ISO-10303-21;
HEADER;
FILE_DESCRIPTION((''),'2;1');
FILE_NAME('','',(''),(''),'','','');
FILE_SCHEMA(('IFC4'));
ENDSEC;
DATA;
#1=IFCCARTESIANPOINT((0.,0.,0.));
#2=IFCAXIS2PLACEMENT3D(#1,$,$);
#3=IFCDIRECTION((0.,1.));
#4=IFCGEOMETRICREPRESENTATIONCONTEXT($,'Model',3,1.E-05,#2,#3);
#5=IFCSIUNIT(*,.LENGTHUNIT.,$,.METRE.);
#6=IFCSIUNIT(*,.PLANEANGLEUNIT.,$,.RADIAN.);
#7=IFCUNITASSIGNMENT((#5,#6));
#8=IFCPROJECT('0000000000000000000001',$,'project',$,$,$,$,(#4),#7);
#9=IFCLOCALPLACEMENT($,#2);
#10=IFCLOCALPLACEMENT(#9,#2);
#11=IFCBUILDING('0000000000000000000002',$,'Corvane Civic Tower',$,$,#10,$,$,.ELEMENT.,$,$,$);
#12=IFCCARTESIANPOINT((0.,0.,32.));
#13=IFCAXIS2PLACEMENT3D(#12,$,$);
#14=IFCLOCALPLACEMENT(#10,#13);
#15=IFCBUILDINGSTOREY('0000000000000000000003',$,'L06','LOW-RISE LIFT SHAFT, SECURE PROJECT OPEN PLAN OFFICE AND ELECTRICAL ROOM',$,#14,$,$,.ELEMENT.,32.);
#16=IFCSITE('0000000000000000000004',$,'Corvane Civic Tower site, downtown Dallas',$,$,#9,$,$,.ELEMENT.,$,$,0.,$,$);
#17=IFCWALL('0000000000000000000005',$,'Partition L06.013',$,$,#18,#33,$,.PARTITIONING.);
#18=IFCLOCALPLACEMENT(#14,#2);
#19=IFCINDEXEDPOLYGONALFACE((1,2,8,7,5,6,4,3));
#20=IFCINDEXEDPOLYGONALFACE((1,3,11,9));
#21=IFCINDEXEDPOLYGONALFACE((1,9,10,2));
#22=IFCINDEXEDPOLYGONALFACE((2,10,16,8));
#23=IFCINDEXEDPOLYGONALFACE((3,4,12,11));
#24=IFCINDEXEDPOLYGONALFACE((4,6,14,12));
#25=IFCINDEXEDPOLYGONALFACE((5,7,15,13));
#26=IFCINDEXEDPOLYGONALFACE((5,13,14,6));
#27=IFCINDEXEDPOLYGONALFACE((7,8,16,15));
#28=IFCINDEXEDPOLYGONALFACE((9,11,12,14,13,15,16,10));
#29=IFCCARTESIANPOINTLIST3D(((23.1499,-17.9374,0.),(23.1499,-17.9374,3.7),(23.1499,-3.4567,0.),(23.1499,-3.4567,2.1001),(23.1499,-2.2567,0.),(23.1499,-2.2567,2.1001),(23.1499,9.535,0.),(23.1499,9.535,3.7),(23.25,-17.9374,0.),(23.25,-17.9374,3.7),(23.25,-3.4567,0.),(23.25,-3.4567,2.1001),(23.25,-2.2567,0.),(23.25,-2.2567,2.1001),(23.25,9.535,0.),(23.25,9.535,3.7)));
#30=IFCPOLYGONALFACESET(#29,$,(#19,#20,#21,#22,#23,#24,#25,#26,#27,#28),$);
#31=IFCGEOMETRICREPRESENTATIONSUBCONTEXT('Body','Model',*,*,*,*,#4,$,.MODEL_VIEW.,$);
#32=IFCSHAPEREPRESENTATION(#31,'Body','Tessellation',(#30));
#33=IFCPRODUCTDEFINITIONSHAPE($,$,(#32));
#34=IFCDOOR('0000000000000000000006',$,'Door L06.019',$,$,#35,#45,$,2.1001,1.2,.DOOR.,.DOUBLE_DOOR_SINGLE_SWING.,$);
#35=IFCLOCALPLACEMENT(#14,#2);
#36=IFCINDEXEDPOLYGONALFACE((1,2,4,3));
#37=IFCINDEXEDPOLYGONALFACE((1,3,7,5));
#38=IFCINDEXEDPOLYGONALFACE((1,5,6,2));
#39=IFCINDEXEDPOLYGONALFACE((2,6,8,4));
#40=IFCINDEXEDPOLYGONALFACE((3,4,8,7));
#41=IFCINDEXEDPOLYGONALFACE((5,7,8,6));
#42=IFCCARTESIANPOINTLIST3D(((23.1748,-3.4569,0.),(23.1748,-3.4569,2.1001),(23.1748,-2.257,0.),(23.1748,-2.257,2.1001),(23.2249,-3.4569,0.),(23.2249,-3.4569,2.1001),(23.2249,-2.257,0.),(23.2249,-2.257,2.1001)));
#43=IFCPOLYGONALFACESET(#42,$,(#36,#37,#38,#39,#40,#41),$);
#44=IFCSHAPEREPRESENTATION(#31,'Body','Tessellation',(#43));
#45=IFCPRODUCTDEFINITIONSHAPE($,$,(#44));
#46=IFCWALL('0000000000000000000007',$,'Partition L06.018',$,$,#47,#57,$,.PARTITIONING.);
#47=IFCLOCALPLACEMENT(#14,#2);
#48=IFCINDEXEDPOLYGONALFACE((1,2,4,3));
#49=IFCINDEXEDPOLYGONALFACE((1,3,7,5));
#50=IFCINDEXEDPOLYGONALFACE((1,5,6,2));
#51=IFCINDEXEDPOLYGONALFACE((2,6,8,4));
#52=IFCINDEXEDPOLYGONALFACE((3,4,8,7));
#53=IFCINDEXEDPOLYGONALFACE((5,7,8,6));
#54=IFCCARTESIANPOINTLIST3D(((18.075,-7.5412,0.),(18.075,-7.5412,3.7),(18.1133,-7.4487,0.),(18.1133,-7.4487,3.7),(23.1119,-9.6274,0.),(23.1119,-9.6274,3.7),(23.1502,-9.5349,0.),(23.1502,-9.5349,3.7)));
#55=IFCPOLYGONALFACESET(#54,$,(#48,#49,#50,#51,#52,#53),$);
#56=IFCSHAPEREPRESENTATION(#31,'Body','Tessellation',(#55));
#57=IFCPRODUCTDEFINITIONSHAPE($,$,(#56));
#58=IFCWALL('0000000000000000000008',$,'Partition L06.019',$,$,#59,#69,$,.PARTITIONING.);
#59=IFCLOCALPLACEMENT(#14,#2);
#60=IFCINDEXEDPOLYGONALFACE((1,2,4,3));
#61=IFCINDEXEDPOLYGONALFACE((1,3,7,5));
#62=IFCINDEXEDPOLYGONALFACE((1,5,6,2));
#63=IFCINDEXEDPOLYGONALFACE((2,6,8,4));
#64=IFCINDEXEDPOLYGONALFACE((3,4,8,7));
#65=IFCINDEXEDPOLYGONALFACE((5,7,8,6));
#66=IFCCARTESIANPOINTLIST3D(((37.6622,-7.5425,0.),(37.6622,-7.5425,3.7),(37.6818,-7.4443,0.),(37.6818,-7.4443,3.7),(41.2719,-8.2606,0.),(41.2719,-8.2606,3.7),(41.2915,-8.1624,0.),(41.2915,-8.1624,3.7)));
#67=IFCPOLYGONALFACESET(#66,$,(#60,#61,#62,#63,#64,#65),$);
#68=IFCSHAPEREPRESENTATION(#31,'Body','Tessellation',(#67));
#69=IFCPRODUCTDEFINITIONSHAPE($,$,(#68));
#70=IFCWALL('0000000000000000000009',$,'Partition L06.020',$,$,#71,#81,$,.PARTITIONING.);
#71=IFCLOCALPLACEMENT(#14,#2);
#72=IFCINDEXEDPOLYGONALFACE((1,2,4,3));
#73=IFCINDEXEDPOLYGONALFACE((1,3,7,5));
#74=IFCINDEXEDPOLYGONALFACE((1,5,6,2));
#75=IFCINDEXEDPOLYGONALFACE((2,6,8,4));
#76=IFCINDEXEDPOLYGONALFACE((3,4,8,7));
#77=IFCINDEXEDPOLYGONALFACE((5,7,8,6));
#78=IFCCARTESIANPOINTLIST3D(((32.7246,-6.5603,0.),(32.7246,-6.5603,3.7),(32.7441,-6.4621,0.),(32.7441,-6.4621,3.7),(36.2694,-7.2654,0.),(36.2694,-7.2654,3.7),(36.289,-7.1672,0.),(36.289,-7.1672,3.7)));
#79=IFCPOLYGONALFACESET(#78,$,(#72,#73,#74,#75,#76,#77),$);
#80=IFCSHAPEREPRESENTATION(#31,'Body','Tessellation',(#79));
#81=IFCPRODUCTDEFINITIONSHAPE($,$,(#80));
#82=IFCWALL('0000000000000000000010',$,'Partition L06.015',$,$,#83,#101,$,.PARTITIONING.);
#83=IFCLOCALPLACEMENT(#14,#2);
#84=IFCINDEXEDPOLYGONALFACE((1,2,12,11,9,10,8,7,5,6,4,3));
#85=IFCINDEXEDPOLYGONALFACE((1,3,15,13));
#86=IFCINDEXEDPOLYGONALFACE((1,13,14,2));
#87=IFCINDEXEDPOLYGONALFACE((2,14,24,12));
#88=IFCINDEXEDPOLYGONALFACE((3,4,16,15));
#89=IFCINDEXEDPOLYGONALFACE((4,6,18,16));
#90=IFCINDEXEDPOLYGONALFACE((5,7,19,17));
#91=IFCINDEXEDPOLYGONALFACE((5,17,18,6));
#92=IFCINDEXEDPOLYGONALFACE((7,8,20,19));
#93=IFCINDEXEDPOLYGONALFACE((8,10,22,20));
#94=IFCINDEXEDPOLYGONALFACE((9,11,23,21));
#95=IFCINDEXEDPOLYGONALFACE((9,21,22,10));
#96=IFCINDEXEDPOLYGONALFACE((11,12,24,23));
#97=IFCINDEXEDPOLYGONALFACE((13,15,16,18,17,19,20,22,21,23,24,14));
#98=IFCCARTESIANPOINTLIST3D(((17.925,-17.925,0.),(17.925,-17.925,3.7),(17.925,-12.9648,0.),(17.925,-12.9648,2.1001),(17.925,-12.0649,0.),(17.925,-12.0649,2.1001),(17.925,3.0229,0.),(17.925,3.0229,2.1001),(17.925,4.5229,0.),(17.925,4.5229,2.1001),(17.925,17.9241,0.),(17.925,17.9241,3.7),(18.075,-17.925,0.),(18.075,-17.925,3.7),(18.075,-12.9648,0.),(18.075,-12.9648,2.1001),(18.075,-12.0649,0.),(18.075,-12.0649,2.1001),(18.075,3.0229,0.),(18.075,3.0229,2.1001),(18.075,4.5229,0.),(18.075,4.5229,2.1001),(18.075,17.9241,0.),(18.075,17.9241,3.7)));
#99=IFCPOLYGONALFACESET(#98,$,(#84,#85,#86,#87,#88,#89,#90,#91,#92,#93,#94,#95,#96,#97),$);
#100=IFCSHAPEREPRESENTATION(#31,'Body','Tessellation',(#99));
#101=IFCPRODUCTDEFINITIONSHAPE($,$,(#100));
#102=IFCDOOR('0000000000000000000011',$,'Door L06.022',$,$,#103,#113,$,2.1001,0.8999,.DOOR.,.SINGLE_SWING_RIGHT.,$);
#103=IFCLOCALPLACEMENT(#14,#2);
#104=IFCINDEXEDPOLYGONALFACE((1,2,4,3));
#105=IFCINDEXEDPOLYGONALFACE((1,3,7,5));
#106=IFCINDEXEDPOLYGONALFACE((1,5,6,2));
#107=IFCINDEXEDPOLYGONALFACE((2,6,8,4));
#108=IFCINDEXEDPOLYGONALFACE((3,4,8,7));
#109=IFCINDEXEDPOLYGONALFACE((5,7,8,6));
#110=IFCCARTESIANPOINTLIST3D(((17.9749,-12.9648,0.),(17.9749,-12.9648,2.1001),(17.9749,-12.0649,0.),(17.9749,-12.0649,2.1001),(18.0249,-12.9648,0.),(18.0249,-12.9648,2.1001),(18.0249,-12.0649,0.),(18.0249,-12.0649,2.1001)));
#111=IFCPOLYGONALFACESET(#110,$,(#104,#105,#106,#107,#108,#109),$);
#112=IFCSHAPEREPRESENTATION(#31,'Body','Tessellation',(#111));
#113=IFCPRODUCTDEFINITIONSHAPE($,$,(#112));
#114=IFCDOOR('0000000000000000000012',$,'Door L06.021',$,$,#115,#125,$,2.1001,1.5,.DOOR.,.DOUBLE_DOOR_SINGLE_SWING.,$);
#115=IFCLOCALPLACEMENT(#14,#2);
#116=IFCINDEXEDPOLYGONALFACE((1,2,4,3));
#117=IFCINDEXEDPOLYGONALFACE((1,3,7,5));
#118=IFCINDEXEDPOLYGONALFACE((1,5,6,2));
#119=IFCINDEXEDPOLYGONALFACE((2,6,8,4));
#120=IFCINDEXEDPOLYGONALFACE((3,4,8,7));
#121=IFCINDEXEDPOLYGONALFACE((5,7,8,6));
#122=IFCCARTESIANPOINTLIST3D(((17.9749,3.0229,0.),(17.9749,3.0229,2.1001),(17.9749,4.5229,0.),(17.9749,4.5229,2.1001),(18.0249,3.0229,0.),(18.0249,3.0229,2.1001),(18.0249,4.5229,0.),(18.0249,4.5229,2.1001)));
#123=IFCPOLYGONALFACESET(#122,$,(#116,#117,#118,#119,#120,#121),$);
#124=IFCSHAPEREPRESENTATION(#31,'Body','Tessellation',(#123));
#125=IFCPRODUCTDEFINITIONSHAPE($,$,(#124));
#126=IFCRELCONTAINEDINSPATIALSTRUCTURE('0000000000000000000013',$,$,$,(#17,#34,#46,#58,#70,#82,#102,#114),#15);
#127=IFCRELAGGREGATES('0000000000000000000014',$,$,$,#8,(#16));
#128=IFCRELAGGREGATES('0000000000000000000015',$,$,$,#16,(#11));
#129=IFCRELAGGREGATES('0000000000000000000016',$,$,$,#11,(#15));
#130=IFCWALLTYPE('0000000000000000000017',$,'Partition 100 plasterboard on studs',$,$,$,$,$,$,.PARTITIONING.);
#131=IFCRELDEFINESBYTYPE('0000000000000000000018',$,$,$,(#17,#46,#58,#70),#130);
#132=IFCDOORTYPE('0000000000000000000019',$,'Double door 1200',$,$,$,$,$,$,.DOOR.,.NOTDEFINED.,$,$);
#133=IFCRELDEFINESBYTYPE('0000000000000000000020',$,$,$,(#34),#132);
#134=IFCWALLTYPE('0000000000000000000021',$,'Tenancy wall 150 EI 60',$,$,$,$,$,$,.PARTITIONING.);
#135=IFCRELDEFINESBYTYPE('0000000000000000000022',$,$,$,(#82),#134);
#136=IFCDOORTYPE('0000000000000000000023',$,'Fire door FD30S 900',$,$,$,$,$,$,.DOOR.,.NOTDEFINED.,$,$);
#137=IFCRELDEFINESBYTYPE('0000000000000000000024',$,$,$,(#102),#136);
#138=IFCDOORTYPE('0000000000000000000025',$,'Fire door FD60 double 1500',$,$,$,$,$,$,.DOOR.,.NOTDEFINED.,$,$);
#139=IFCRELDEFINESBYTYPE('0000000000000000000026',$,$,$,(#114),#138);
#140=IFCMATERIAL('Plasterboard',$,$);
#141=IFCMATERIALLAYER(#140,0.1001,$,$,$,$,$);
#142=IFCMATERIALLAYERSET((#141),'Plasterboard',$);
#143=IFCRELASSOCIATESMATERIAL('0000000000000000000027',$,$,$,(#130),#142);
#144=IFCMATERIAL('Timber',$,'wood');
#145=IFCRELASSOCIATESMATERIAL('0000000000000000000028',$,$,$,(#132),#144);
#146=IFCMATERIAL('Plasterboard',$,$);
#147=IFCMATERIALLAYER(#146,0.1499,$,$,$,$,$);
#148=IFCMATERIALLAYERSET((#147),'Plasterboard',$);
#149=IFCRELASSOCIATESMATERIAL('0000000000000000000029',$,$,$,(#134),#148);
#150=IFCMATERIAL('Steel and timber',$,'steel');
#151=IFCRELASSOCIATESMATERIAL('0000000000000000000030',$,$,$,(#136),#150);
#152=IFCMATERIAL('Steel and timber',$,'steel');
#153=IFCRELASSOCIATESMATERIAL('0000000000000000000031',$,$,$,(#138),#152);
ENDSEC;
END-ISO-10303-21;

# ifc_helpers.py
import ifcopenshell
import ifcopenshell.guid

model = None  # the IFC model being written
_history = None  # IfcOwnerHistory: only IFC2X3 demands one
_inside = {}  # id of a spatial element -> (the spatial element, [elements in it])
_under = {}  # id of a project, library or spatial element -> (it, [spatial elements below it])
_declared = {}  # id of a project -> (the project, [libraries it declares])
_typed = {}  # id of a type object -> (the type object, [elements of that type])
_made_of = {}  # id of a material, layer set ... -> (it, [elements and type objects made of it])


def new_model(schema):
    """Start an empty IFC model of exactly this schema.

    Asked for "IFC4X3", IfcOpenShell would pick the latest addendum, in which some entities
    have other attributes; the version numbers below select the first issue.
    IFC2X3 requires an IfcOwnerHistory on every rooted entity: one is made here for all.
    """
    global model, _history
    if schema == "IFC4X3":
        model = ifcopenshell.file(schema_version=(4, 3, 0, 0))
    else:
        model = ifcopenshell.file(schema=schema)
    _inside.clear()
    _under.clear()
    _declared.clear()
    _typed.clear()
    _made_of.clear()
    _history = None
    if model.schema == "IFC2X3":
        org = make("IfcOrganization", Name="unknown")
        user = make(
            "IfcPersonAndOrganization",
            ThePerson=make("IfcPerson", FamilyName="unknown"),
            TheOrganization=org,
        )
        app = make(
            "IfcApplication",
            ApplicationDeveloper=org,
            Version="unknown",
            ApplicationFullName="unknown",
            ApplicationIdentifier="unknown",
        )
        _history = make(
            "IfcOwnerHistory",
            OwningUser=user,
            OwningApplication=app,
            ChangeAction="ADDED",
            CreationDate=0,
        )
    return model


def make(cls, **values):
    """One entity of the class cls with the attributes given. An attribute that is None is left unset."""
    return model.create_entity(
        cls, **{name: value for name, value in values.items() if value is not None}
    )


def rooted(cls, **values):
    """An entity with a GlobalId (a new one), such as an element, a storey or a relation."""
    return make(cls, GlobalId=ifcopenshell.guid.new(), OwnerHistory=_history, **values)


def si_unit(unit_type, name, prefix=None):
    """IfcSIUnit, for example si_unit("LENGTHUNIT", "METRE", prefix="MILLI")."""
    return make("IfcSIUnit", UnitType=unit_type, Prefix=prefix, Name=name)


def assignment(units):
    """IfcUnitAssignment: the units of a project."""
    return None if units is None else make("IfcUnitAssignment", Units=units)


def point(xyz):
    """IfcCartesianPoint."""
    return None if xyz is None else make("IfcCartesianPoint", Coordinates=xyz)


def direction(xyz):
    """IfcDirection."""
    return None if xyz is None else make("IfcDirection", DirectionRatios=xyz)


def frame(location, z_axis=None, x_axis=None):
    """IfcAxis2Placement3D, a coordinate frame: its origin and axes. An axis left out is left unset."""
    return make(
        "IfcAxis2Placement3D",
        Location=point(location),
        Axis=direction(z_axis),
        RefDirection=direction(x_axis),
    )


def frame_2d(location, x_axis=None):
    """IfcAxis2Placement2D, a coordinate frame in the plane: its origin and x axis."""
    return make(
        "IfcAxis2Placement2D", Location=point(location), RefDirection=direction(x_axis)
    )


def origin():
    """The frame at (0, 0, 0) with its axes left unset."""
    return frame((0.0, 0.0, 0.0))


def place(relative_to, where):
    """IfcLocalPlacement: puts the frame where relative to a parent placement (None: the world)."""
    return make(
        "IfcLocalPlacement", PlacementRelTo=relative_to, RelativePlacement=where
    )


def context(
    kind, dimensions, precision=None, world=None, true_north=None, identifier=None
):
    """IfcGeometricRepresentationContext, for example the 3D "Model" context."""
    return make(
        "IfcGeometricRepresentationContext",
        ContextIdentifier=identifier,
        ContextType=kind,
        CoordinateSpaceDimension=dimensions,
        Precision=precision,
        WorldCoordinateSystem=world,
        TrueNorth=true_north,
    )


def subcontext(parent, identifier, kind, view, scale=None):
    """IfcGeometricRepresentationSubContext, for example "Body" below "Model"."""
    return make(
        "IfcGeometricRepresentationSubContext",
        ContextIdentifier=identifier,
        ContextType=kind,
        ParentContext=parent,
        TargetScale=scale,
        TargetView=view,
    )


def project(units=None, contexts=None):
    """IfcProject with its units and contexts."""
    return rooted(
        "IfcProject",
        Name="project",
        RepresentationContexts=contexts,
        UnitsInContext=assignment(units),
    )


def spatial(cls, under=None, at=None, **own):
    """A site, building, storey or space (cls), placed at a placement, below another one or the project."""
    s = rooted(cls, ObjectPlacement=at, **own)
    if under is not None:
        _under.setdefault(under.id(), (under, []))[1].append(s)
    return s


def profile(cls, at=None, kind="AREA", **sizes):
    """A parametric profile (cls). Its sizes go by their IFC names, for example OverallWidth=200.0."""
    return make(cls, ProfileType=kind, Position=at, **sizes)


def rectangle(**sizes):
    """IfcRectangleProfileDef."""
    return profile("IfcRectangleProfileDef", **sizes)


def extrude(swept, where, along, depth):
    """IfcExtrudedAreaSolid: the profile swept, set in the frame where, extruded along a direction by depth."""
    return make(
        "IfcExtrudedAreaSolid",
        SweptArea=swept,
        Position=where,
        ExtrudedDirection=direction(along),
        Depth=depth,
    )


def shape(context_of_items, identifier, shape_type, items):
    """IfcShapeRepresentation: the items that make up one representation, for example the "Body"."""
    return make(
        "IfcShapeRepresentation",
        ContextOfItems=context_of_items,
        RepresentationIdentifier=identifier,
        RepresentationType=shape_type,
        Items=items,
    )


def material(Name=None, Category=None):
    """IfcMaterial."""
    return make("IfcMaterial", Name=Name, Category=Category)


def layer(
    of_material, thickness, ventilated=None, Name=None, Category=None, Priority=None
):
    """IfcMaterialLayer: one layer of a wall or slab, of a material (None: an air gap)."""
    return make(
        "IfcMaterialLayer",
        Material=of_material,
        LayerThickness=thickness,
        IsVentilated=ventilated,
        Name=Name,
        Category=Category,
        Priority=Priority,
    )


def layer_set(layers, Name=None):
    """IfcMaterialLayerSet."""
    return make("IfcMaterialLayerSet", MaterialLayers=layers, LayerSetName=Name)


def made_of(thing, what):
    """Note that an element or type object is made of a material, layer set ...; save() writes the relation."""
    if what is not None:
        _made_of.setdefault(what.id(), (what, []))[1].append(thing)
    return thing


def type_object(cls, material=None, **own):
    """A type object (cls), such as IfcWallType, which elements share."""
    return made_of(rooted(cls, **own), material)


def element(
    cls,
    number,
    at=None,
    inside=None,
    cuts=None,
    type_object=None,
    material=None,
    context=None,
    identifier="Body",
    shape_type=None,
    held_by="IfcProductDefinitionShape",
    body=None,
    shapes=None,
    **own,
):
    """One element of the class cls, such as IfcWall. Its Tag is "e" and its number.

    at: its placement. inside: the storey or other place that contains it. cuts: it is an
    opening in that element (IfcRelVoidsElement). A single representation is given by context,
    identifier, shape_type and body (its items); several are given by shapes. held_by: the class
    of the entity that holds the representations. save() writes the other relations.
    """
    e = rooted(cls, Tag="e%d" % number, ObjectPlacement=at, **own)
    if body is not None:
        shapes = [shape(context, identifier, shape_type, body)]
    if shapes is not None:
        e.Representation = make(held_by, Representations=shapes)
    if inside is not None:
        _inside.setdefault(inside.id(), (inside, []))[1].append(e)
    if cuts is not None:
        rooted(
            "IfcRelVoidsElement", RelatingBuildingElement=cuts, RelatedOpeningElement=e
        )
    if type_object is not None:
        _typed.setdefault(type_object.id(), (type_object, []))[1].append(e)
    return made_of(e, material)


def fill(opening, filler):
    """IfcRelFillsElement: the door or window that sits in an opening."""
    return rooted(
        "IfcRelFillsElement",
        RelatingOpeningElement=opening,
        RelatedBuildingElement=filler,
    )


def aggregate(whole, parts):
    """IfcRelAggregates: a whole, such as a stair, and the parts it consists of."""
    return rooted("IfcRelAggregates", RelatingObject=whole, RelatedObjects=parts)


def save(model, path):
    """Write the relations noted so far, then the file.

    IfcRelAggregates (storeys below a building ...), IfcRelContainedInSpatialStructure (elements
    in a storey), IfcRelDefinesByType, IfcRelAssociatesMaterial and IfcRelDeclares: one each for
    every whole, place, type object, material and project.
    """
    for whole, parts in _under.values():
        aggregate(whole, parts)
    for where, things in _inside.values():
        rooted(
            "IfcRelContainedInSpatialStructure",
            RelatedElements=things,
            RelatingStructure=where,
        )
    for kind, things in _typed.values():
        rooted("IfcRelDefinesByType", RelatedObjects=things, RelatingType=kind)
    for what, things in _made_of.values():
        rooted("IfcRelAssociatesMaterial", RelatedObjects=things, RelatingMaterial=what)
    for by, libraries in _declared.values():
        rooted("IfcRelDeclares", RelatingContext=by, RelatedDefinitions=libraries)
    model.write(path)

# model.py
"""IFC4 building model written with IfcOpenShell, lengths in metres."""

from ifc_helpers import new_model, si_unit, direction, frame, frame_2d, origin, place, context, subcontext, project, spatial, rectangle, extrude, material, layer, layer_set, type_object, element, fill, save


model = new_model("IFC4")

# Units and contexts
model_context = context("Model", 3, precision=1e-05, world=origin(), true_north=direction((0.0, 1.0)))
body_context = subcontext(model_context, "Body", "Model", "MODEL_VIEW")
ifc_project = project(units=[si_unit("LENGTHUNIT", "METRE"), si_unit("PLANEANGLEUNIT", "RADIAN")], contexts=[model_context])

# Site, building, storey
site_placement = place(None, origin())
site = spatial("IfcSite", under=ifc_project, at=site_placement, Name="Corvane Civic Tower site, downtown Dallas", CompositionType="ELEMENT", RefElevation=0.0)
building_placement = place(site_placement, origin())
building = spatial("IfcBuilding", under=site, at=building_placement, Name="Corvane Civic Tower", CompositionType="ELEMENT")
storey_placement = place(building_placement, frame((0.0, 0.0, 32.0)))
storey = spatial("IfcBuildingStorey", under=building, at=storey_placement, Name="L06", Description="LOW-RISE LIFT SHAFT, SECURE PROJECT OPEN PLAN OFFICE AND ELECTRICAL ROOM", CompositionType="ELEMENT", Elevation=32.0)

# Wall, opening, door
ifc_material_1 = material(Name="Plasterboard")
ifc_layer_1 = layer(ifc_material_1, 0.1001)
ifc_layer_set_1 = layer_set([ifc_layer_1], Name="Plasterboard")
wall_type_1 = type_object("IfcWallType", Name="Partition 100 plasterboard on studs", PredefinedType="PARTITIONING", material=ifc_layer_set_1)
wall_1_placement = place(storey_placement, frame((23.2, -17.9375, 0.0), z_axis=(0.0, 0.0, 1.0), x_axis=(0.0, 1.0, 0.0)))
wall_1 = element("IfcWall", 1, at=wall_1_placement, inside=storey, type_object=wall_type_1, Name="Partition L06.013", PredefinedType="PARTITIONING", context=body_context, shape_type="SweptSolid", body=[
    extrude(rectangle(XDim=27.4724, YDim=0.1001, at=frame_2d((13.7363, 0.0))), origin(), (0.0, 0.0, 1.0), 3.7),
])
opening_1_placement = place(wall_1_placement, frame((14.4807, 0.0, 0.0)))
opening_1 = element("IfcOpeningElement", 2, at=opening_1_placement, cuts=wall_1, PredefinedType="OPENING", context=body_context, shape_type="SweptSolid", body=[
    extrude(rectangle(XDim=1.2, YDim=2.1001, at=frame_2d((0.6001, 1.05))), frame((0.0, 0.0601, 0.0), z_axis=(0.0, -1.0, 0.0), x_axis=(1.0, 0.0, 0.0)), (0.0, 0.0, 1.0), 0.1201),
])
ifc_material_2 = material(Name="Timber", Category="wood")
door_type_1 = type_object("IfcDoorType", Name="Double door 1200", OperationType="NOTDEFINED", PredefinedType="DOOR", material=ifc_material_2)
door_1_placement = place(opening_1_placement, frame((1.2, 0.0, 0.0), z_axis=(0.0, 0.0, 1.0), x_axis=(-1.0, 0.0, 0.0)))
door_1 = element("IfcDoor", 3, at=door_1_placement, inside=storey, type_object=door_type_1, Name="Door L06.019", OperationType="DOUBLE_DOOR_SINGLE_SWING", OverallHeight=2.1001, OverallWidth=1.2, PredefinedType="DOOR", context=body_context, shape_type="SweptSolid", body=[
    extrude(rectangle(XDim=1.2, YDim=2.1001, at=frame_2d((0.6001, 1.05))), frame((0.0, 0.0249, 0.0), z_axis=(0.0, -1.0, 0.0), x_axis=(1.0, 0.0, 0.0)), (0.0, 0.0, 1.0), 0.05),
])
fill(opening_1, door_1)

# Walls
wall_2_placement = place(storey_placement, frame((18.094, -7.4949, 0.0), z_axis=(0.0, 0.0, 1.0), x_axis=(0.92389, -0.382659, 0.0)))
element("IfcWall", 4, at=wall_2_placement, inside=storey, type_object=wall_type_1, Name="Partition L06.018", PredefinedType="PARTITIONING", context=body_context, shape_type="SweptSolid", body=[
    extrude(rectangle(XDim=5.4519, YDim=0.1001, at=frame_2d((2.7261, 0.0))), origin(), (0.0, 0.0, 1.0), 3.7),
])
wall_3_placement = place(storey_placement, frame((37.6719, -7.4934, 0.0), z_axis=(0.0, 0.0, 1.0), x_axis=(0.980784, -0.195095, 0.0)))
element("IfcWall", 5, at=wall_3_placement, inside=storey, type_object=wall_type_1, Name="Partition L06.019", PredefinedType="PARTITIONING", context=body_context, shape_type="SweptSolid", body=[
    extrude(rectangle(XDim=3.6804, YDim=0.1001, at=frame_2d((1.8403, 0.0))), origin(), (0.0, 0.0, 1.0), 3.7),
])
wall_4_placement = place(storey_placement, frame((32.7344, -6.5112, 0.0), z_axis=(0.0, 0.0, 1.0), x_axis=(0.980788, -0.195077, 0.0)))
element("IfcWall", 6, at=wall_4_placement, inside=storey, type_object=wall_type_1, Name="Partition L06.020", PredefinedType="PARTITIONING", context=body_context, shape_type="SweptSolid", body=[
    extrude(rectangle(XDim=3.6143, YDim=0.1001, at=frame_2d((1.8071, 0.0))), origin(), (0.0, 0.0, 1.0), 3.7),
])

# Wall, openings, doors
ifc_material_3 = material(Name="Plasterboard")
ifc_layer_2 = layer(ifc_material_3, 0.1499)
ifc_layer_set_2 = layer_set([ifc_layer_2], Name="Plasterboard")
wall_type_2 = type_object("IfcWallType", Name="Tenancy wall 150 EI 60", PredefinedType="PARTITIONING", material=ifc_layer_set_2)
wall_5_placement = place(storey_placement, frame((18.0, -17.925, 0.0), z_axis=(0.0, 0.0, 1.0), x_axis=(0.0, 1.0, 0.0)))
wall_5 = element("IfcWall", 7, at=wall_5_placement, inside=storey, type_object=wall_type_2, Name="Partition L06.015", PredefinedType="PARTITIONING", context=body_context, shape_type="SweptSolid", body=[
    extrude(rectangle(XDim=35.8491, YDim=0.1499, at=frame_2d((17.9246, 0.0))), origin(), (0.0, 0.0, 1.0), 3.7),
])
opening_2_placement = place(wall_5_placement, frame((20.948, 0.0, 0.0)))
opening_2 = element("IfcOpeningElement", 8, at=opening_2_placement, cuts=wall_5, PredefinedType="OPENING", context=body_context, shape_type="SweptSolid", body=[
    extrude(rectangle(XDim=1.5, YDim=2.1001, at=frame_2d((0.75, 1.05))), frame((0.0, 0.085, 0.0), z_axis=(0.0, -1.0, 0.0), x_axis=(1.0, 0.0, 0.0)), (0.0, 0.0, 1.0), 0.1699),
])
opening_3_placement = place(wall_5_placement, frame((4.9602, 0.0, 0.0)))
opening_3 = element("IfcOpeningElement", 9, at=opening_3_placement, cuts=wall_5, PredefinedType="OPENING", context=body_context, shape_type="SweptSolid", body=[
    extrude(rectangle(XDim=0.8999, YDim=2.1001, at=frame_2d((0.45, 1.05))), frame((0.0, 0.085, 0.0), z_axis=(0.0, -1.0, 0.0), x_axis=(1.0, 0.0, 0.0)), (0.0, 0.0, 1.0), 0.1699),
])
ifc_material_4 = material(Name="Steel and timber", Category="steel")
door_type_2 = type_object("IfcDoorType", Name="Fire door FD30S 900", OperationType="NOTDEFINED", PredefinedType="DOOR", material=ifc_material_4)
door_2_placement = place(opening_3_placement, frame((0.8999, 0.0, 0.0), z_axis=(0.0, 0.0, 1.0), x_axis=(-1.0, 0.0, 0.0)))
door_2 = element("IfcDoor", 10, at=door_2_placement, inside=storey, type_object=door_type_2, Name="Door L06.022", OperationType="SINGLE_SWING_RIGHT", OverallHeight=2.1001, OverallWidth=0.8999, PredefinedType="DOOR", context=body_context, shape_type="SweptSolid", body=[
    extrude(rectangle(XDim=0.8999, YDim=2.1001, at=frame_2d((0.45, 1.05))), frame((0.0, 0.0249, 0.0), z_axis=(0.0, -1.0, 0.0), x_axis=(1.0, 0.0, 0.0)), (0.0, 0.0, 1.0), 0.05),
])
fill(opening_3, door_2)
ifc_material_5 = material(Name="Steel and timber", Category="steel")
door_type_3 = type_object("IfcDoorType", Name="Fire door FD60 double 1500", OperationType="NOTDEFINED", PredefinedType="DOOR", material=ifc_material_5)
door_3_placement = place(opening_2_placement, frame((1.5, 0.0, 0.0), z_axis=(0.0, 0.0, 1.0), x_axis=(-1.0, 0.0, 0.0)))
door_3 = element("IfcDoor", 11, at=door_3_placement, inside=storey, type_object=door_type_3, Name="Door L06.021", OperationType="DOUBLE_DOOR_SINGLE_SWING", OverallHeight=2.1001, OverallWidth=1.5, PredefinedType="DOOR", context=body_context, shape_type="SweptSolid", body=[
    extrude(rectangle(XDim=1.5, YDim=2.1001, at=frame_2d((0.75, 1.05))), frame((0.0, 0.0249, 0.0), z_axis=(0.0, -1.0, 0.0), x_axis=(1.0, 0.0, 0.0)), (0.0, 0.0, 1.0), 0.05),
])
fill(opening_2, door_3)

save(model, "model.ifc")
